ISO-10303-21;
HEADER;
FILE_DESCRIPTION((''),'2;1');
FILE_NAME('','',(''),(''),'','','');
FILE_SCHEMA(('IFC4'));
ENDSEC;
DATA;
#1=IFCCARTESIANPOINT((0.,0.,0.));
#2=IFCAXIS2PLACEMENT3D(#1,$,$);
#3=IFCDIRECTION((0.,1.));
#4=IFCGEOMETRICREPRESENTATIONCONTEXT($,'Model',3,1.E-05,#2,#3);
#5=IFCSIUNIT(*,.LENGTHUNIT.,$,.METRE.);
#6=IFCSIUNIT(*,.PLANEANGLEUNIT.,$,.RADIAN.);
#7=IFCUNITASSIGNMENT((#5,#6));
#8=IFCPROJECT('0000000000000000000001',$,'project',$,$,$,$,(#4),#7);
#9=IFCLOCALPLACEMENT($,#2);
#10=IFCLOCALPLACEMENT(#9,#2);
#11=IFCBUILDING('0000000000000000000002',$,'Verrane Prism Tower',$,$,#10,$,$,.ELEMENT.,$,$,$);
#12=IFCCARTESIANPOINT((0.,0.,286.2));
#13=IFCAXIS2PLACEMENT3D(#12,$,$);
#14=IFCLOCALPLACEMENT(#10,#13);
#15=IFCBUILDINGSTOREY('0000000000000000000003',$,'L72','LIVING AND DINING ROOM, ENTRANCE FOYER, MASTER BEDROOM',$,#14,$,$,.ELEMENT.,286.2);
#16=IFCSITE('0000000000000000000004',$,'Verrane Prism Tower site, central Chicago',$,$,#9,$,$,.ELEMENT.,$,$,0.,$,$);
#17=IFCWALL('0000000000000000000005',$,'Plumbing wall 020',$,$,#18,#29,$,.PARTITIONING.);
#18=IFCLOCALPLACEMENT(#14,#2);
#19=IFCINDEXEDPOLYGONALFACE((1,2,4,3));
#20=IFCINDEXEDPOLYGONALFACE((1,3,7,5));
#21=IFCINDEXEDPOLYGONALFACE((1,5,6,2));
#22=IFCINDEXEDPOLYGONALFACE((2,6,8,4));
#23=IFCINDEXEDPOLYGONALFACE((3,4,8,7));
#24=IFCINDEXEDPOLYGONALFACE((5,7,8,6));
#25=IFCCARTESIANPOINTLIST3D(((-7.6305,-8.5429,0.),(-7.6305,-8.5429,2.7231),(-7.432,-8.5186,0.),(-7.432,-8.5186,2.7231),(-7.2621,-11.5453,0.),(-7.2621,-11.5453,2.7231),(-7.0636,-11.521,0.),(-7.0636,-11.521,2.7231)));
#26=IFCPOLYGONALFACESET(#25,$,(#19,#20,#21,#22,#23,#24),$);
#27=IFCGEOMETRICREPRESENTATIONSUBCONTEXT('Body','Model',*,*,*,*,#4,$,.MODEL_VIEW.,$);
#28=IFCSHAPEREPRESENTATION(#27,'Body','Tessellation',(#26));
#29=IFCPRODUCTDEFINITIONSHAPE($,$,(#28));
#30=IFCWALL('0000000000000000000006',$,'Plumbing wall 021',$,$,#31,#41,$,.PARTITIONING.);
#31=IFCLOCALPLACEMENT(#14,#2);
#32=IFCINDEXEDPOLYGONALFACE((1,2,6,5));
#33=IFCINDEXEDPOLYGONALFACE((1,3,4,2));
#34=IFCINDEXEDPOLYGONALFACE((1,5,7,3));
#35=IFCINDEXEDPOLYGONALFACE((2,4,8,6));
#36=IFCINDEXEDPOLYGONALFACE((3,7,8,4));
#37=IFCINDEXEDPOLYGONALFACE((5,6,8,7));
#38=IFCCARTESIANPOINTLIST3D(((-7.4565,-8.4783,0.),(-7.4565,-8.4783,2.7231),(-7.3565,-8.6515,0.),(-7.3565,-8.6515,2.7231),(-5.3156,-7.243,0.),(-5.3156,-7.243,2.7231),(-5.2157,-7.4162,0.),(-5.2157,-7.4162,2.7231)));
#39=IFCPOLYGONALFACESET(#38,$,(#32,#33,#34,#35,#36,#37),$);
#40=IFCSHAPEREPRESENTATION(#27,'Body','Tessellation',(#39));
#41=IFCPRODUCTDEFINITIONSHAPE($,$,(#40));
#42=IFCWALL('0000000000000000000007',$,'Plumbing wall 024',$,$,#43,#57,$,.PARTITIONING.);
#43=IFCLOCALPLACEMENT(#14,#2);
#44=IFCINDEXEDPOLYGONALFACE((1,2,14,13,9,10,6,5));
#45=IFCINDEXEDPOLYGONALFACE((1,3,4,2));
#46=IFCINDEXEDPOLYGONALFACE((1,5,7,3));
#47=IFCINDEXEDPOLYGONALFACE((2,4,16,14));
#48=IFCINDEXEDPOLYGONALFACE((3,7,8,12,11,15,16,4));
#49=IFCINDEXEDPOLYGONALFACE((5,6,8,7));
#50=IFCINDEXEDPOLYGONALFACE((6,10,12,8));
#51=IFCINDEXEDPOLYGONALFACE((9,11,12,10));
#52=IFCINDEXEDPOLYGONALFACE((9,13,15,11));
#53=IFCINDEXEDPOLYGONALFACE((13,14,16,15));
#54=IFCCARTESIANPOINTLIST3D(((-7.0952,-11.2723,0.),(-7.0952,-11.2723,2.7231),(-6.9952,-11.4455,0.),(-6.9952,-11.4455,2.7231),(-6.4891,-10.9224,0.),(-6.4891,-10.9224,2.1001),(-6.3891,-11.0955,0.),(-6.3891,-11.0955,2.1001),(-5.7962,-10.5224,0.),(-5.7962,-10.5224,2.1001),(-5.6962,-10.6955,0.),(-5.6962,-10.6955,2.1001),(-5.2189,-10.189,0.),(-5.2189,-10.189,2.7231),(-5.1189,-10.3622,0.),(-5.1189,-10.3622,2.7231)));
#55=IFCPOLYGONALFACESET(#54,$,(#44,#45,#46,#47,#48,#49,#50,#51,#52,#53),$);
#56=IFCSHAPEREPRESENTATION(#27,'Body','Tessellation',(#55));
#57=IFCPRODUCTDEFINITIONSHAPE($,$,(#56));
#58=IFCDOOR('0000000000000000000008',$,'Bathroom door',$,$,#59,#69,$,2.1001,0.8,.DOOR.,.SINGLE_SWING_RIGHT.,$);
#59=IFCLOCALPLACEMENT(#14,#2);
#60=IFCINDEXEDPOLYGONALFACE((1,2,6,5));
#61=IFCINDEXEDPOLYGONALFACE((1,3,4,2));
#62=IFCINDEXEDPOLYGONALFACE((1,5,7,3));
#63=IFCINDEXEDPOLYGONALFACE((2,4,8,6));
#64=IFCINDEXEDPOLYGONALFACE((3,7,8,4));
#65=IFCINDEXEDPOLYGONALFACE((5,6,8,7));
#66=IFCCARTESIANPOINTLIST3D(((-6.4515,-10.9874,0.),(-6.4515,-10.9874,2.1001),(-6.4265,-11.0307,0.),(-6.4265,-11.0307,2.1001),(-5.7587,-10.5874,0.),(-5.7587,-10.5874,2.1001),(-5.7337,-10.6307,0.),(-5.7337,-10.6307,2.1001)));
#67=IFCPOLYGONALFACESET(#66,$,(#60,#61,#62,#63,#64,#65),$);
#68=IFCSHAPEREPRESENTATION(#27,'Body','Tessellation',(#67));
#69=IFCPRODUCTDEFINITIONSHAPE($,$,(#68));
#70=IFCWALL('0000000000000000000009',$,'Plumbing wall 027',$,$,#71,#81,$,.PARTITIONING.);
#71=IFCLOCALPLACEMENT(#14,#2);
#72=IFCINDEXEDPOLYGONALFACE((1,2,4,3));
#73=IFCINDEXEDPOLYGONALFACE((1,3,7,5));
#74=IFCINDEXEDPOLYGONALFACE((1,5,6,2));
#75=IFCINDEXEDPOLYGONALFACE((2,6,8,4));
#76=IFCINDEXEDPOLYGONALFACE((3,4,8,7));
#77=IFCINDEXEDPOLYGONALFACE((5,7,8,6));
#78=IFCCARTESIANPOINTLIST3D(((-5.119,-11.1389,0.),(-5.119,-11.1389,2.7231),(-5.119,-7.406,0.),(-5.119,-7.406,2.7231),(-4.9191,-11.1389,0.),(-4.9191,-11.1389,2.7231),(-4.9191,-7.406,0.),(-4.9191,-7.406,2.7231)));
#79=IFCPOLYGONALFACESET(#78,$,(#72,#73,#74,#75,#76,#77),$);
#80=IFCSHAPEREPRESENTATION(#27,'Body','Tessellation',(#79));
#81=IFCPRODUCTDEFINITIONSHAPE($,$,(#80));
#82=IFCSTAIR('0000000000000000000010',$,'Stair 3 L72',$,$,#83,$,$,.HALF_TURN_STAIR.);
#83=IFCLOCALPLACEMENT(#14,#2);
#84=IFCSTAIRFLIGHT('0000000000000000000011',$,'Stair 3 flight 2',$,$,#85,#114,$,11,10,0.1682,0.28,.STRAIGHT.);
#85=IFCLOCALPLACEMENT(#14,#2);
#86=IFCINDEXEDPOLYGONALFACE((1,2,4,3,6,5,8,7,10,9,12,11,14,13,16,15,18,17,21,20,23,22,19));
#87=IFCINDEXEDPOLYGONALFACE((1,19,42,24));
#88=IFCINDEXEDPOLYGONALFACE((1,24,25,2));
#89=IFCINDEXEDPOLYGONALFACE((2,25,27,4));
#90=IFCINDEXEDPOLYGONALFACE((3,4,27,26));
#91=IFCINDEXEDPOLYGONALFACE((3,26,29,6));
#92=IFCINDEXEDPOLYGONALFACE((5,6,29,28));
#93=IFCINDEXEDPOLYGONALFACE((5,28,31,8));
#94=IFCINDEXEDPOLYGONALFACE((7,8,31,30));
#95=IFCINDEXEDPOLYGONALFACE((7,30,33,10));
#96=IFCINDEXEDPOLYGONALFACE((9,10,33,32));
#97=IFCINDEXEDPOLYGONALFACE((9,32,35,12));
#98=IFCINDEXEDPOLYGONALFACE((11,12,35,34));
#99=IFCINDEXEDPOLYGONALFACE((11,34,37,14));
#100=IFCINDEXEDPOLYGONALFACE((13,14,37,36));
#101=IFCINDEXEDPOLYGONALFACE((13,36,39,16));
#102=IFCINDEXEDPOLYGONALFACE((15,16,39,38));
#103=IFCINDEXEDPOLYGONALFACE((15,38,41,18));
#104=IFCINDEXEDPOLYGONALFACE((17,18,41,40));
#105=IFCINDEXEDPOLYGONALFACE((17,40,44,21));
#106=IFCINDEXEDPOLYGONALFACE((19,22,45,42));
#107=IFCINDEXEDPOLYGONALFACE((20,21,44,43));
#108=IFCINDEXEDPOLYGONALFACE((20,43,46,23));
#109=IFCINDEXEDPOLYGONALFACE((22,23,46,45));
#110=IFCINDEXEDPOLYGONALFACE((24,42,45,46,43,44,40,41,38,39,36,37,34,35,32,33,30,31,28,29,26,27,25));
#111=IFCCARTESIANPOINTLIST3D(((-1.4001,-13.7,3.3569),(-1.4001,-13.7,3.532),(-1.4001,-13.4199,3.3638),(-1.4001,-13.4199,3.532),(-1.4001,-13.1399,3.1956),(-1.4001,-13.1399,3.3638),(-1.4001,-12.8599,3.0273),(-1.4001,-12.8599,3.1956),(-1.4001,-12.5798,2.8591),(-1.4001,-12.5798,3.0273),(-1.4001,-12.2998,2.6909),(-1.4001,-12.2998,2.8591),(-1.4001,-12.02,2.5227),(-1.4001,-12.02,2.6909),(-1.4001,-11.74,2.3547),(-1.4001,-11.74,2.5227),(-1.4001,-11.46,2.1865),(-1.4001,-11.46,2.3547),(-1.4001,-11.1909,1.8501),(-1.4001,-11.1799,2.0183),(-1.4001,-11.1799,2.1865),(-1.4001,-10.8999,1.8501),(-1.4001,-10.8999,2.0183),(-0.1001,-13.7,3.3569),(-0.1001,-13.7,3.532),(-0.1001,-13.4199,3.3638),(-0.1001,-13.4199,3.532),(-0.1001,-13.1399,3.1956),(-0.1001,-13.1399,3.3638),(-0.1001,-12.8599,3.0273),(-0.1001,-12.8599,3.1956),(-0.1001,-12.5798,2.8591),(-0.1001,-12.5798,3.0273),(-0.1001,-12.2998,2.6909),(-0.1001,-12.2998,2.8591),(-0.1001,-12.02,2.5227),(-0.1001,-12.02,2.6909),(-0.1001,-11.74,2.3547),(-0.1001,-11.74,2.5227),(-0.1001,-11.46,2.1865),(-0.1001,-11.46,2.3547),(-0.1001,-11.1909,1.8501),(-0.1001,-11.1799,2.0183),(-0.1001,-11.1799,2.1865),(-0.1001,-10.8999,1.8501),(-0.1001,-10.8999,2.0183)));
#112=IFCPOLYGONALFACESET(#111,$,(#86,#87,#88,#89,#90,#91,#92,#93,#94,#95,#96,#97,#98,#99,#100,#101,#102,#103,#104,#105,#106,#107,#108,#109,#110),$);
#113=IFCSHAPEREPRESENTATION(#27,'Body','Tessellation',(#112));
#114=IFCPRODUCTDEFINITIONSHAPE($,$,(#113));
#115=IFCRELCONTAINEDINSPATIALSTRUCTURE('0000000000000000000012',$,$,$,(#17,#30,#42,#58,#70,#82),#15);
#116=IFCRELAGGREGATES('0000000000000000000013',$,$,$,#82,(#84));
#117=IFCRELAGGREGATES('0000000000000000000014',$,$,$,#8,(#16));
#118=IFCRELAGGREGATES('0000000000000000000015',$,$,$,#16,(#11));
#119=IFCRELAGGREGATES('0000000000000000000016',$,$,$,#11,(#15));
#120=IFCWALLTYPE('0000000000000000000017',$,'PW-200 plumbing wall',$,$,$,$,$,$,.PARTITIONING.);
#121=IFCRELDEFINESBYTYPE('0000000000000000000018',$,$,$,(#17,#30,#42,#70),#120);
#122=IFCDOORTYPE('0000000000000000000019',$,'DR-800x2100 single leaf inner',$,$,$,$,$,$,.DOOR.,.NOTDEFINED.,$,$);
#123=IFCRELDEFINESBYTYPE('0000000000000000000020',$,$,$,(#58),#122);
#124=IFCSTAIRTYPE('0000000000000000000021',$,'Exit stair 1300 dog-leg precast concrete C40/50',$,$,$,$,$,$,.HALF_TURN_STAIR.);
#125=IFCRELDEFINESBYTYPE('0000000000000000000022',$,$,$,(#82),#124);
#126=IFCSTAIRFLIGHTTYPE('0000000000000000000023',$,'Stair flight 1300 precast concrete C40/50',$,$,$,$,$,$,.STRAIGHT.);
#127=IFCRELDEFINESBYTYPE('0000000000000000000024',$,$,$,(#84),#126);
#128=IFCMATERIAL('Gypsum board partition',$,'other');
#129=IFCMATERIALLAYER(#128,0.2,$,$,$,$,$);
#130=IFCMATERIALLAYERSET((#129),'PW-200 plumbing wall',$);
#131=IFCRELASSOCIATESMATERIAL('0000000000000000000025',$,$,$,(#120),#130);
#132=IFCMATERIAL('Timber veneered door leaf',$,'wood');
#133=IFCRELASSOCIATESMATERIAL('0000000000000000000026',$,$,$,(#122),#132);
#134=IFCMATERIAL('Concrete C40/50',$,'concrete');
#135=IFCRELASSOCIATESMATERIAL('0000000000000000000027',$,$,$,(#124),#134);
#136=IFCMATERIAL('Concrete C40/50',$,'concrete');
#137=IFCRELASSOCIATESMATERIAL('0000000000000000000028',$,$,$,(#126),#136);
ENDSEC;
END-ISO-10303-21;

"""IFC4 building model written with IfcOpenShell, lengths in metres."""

from ifc_helpers import new_model, si_unit, direction, frame, frame_2d, origin, place, context, subcontext, project, spatial, polyline, rectangle, outline, extrude, material, layer, layer_set, type_object, element, fill, aggregate, save


model = new_model("IFC4")

# Units and contexts
model_context = context("Model", 3, precision=1e-05, world=origin(), true_north=direction((0.0, 1.0)))
body_context = subcontext(model_context, "Body", "Model", "MODEL_VIEW")
ifc_project = project(units=[si_unit("LENGTHUNIT", "METRE"), si_unit("PLANEANGLEUNIT", "RADIAN")], contexts=[model_context])

# Site, building, storey
site_placement = place(None, origin())
site = spatial("IfcSite", under=ifc_project, at=site_placement, Name="Verrane Prism Tower site, central Chicago", CompositionType="ELEMENT", RefElevation=0.0)
building_placement = place(site_placement, origin())
building = spatial("IfcBuilding", under=site, at=building_placement, Name="Verrane Prism Tower", CompositionType="ELEMENT")
storey_placement = place(building_placement, frame((0.0, 0.0, 286.2)))
storey = spatial("IfcBuildingStorey", under=building, at=storey_placement, Name="L72", Description="LIVING AND DINING ROOM, ENTRANCE FOYER, MASTER BEDROOM", CompositionType="ELEMENT", Elevation=286.2)

# Walls
ifc_material_1 = material(Name="Gypsum board partition", Category="other")
ifc_layer_1 = layer(ifc_material_1, 0.2)
ifc_layer_set_1 = layer_set([ifc_layer_1], Name="PW-200 plumbing wall")
wall_type_1 = type_object("IfcWallType", Name="PW-200 plumbing wall", PredefinedType="PARTITIONING", material=ifc_layer_set_1)
wall_1_placement = place(storey_placement, frame((-7.5312, -8.5308, 0.0), z_axis=(0.0, 0.0, 1.0), x_axis=(0.121789, -0.992556, 0.0)))
element("IfcWall", 1, at=wall_1_placement, inside=storey, type_object=wall_type_1, Name="Plumbing wall 020", PredefinedType="PARTITIONING", context=body_context, shape_type="SweptSolid", body=[
    extrude(rectangle(XDim=3.0249, YDim=0.2, at=frame_2d((1.5125, 0.0))), origin(), (0.0, 0.0, 1.0), 2.7231),
])
wall_2_placement = place(storey_placement, frame((-7.4065, -8.5649, 0.0), z_axis=(0.0, 0.0, 1.0), x_axis=(0.866144, 0.499794, 0.0)))
element("IfcWall", 2, at=wall_2_placement, inside=storey, type_object=wall_type_1, Name="Plumbing wall 021", PredefinedType="PARTITIONING", context=body_context, shape_type="SweptSolid", body=[
    extrude(rectangle(XDim=2.4717, YDim=0.2, at=frame_2d((1.2358, 0.0))), origin(), (0.0, 0.0, 1.0), 2.7231),
])

# Wall, opening, door
wall_3_placement = place(storey_placement, frame((-7.0452, -11.3589, 0.0), z_axis=(0.0, 0.0, 1.0), x_axis=(0.866022, 0.500005, 0.0)))
wall_3 = element("IfcWall", 3, at=wall_3_placement, inside=storey, type_object=wall_type_1, Name="Plumbing wall 024", PredefinedType="PARTITIONING", context=body_context, shape_type="SweptSolid", body=[
    extrude(rectangle(XDim=2.1665, YDim=0.2, at=frame_2d((1.0833, 0.0))), origin(), (0.0, 0.0, 1.0), 2.7231),
])
opening_placement = place(wall_3_placement, frame((0.7, 0.0, 0.0)))
opening = element("IfcOpeningElement", 4, at=opening_placement, cuts=wall_3, PredefinedType="OPENING", context=body_context, shape_type="SweptSolid", body=[
    extrude(rectangle(XDim=0.8, YDim=2.1001, at=frame_2d((0.3999, 1.05))), frame((0.0, 0.1099, 0.0), z_axis=(0.0, -1.0, 0.0), x_axis=(1.0, 0.0, 0.0)), (0.0, 0.0, 1.0), 0.22),
])
ifc_material_2 = material(Name="Timber veneered door leaf", Category="wood")
door_type = type_object("IfcDoorType", Name="DR-800x2100 single leaf inner", OperationType="NOTDEFINED", PredefinedType="DOOR", material=ifc_material_2)
door_placement = place(opening_placement, origin())
door = element("IfcDoor", 5, at=door_placement, inside=storey, type_object=door_type, Name="Bathroom door", OperationType="SINGLE_SWING_RIGHT", OverallHeight=2.1001, OverallWidth=0.8, PredefinedType="DOOR", context=body_context, shape_type="SweptSolid", body=[
    extrude(rectangle(XDim=0.8, YDim=2.1001, at=frame_2d((0.3999, 1.05))), frame((0.0, 0.0249, 0.0), z_axis=(0.0, -1.0, 0.0), x_axis=(1.0, 0.0, 0.0)), (0.0, 0.0, 1.0), 0.05),
])
fill(opening, door)

# Wall
wall_4_placement = place(storey_placement, frame((-5.019, -11.1389, 0.0), z_axis=(0.0, 0.0, 1.0), x_axis=(0.0, 1.0, 0.0)))
element("IfcWall", 6, at=wall_4_placement, inside=storey, type_object=wall_type_1, Name="Plumbing wall 027", PredefinedType="PARTITIONING", context=body_context, shape_type="SweptSolid", body=[
    extrude(rectangle(XDim=3.7329, YDim=0.2, at=frame_2d((1.8665, 0.0))), origin(), (0.0, 0.0, 1.0), 2.7231),
])

# Stair, stair flight
ifc_material_3 = material(Name="Concrete C40/50", Category="concrete")
stair_type = type_object("IfcStairType", Name="Exit stair 1300 dog-leg precast concrete C40/50", PredefinedType="HALF_TURN_STAIR", material=ifc_material_3)
stair_placement = place(storey_placement, origin())
stair = element("IfcStair", 7, at=stair_placement, inside=storey, type_object=stair_type, Name="Stair 3 L72", PredefinedType="HALF_TURN_STAIR")
ifc_material_4 = material(Name="Concrete C40/50", Category="concrete")
stair_flight_type = type_object("IfcStairFlightType", Name="Stair flight 1300 precast concrete C40/50", PredefinedType="STRAIGHT", material=ifc_material_4)
stair_flight_placement = place(storey_placement, frame((-0.75, -10.8999, 1.8501), z_axis=(0.0, 0.0, 1.0), x_axis=(0.0, -1.0, 0.0)))
stair_flight = element("IfcStairFlight", 8, at=stair_flight_placement, type_object=stair_flight_type, Name="Stair 3 flight 2", NumberOfRisers=11, NumberOfTreads=10, PredefinedType="STRAIGHT", RiserHeight=0.1682, TreadLength=0.28, context=body_context, shape_type="SweptSolid", body=[
    extrude(outline(polyline([(0.0, 0.0), (0.0, 0.1682), (0.28, 0.1682), (0.28, 0.3364), (0.5601, 0.3364), (0.5601, 0.5046), (0.8401, 0.5046), (0.8401, 0.6726), (1.1201, 0.6726), (1.1201, 0.8408), (1.3999, 0.8408), (1.3999, 1.009), (1.6799, 1.009), (1.6799, 1.1772), (1.96, 1.1772), (1.96, 1.3455), (2.24, 1.3455), (2.24, 1.5137), (2.52, 1.5137), (2.52, 1.6819), (2.8, 1.6819), (2.8, 1.8501), (2.8, 1.5068), (0.291, 0.0), (0.0, 0.0)])), frame((0.0, 0.6499, 0.0), z_axis=(0.0, -1.0, 0.0), x_axis=(1.0, 0.0, 0.0)), (0.0, 0.0, 1.0), 1.3),
])
aggregate(stair, [stair_flight])

save(model, "model.ifc")
